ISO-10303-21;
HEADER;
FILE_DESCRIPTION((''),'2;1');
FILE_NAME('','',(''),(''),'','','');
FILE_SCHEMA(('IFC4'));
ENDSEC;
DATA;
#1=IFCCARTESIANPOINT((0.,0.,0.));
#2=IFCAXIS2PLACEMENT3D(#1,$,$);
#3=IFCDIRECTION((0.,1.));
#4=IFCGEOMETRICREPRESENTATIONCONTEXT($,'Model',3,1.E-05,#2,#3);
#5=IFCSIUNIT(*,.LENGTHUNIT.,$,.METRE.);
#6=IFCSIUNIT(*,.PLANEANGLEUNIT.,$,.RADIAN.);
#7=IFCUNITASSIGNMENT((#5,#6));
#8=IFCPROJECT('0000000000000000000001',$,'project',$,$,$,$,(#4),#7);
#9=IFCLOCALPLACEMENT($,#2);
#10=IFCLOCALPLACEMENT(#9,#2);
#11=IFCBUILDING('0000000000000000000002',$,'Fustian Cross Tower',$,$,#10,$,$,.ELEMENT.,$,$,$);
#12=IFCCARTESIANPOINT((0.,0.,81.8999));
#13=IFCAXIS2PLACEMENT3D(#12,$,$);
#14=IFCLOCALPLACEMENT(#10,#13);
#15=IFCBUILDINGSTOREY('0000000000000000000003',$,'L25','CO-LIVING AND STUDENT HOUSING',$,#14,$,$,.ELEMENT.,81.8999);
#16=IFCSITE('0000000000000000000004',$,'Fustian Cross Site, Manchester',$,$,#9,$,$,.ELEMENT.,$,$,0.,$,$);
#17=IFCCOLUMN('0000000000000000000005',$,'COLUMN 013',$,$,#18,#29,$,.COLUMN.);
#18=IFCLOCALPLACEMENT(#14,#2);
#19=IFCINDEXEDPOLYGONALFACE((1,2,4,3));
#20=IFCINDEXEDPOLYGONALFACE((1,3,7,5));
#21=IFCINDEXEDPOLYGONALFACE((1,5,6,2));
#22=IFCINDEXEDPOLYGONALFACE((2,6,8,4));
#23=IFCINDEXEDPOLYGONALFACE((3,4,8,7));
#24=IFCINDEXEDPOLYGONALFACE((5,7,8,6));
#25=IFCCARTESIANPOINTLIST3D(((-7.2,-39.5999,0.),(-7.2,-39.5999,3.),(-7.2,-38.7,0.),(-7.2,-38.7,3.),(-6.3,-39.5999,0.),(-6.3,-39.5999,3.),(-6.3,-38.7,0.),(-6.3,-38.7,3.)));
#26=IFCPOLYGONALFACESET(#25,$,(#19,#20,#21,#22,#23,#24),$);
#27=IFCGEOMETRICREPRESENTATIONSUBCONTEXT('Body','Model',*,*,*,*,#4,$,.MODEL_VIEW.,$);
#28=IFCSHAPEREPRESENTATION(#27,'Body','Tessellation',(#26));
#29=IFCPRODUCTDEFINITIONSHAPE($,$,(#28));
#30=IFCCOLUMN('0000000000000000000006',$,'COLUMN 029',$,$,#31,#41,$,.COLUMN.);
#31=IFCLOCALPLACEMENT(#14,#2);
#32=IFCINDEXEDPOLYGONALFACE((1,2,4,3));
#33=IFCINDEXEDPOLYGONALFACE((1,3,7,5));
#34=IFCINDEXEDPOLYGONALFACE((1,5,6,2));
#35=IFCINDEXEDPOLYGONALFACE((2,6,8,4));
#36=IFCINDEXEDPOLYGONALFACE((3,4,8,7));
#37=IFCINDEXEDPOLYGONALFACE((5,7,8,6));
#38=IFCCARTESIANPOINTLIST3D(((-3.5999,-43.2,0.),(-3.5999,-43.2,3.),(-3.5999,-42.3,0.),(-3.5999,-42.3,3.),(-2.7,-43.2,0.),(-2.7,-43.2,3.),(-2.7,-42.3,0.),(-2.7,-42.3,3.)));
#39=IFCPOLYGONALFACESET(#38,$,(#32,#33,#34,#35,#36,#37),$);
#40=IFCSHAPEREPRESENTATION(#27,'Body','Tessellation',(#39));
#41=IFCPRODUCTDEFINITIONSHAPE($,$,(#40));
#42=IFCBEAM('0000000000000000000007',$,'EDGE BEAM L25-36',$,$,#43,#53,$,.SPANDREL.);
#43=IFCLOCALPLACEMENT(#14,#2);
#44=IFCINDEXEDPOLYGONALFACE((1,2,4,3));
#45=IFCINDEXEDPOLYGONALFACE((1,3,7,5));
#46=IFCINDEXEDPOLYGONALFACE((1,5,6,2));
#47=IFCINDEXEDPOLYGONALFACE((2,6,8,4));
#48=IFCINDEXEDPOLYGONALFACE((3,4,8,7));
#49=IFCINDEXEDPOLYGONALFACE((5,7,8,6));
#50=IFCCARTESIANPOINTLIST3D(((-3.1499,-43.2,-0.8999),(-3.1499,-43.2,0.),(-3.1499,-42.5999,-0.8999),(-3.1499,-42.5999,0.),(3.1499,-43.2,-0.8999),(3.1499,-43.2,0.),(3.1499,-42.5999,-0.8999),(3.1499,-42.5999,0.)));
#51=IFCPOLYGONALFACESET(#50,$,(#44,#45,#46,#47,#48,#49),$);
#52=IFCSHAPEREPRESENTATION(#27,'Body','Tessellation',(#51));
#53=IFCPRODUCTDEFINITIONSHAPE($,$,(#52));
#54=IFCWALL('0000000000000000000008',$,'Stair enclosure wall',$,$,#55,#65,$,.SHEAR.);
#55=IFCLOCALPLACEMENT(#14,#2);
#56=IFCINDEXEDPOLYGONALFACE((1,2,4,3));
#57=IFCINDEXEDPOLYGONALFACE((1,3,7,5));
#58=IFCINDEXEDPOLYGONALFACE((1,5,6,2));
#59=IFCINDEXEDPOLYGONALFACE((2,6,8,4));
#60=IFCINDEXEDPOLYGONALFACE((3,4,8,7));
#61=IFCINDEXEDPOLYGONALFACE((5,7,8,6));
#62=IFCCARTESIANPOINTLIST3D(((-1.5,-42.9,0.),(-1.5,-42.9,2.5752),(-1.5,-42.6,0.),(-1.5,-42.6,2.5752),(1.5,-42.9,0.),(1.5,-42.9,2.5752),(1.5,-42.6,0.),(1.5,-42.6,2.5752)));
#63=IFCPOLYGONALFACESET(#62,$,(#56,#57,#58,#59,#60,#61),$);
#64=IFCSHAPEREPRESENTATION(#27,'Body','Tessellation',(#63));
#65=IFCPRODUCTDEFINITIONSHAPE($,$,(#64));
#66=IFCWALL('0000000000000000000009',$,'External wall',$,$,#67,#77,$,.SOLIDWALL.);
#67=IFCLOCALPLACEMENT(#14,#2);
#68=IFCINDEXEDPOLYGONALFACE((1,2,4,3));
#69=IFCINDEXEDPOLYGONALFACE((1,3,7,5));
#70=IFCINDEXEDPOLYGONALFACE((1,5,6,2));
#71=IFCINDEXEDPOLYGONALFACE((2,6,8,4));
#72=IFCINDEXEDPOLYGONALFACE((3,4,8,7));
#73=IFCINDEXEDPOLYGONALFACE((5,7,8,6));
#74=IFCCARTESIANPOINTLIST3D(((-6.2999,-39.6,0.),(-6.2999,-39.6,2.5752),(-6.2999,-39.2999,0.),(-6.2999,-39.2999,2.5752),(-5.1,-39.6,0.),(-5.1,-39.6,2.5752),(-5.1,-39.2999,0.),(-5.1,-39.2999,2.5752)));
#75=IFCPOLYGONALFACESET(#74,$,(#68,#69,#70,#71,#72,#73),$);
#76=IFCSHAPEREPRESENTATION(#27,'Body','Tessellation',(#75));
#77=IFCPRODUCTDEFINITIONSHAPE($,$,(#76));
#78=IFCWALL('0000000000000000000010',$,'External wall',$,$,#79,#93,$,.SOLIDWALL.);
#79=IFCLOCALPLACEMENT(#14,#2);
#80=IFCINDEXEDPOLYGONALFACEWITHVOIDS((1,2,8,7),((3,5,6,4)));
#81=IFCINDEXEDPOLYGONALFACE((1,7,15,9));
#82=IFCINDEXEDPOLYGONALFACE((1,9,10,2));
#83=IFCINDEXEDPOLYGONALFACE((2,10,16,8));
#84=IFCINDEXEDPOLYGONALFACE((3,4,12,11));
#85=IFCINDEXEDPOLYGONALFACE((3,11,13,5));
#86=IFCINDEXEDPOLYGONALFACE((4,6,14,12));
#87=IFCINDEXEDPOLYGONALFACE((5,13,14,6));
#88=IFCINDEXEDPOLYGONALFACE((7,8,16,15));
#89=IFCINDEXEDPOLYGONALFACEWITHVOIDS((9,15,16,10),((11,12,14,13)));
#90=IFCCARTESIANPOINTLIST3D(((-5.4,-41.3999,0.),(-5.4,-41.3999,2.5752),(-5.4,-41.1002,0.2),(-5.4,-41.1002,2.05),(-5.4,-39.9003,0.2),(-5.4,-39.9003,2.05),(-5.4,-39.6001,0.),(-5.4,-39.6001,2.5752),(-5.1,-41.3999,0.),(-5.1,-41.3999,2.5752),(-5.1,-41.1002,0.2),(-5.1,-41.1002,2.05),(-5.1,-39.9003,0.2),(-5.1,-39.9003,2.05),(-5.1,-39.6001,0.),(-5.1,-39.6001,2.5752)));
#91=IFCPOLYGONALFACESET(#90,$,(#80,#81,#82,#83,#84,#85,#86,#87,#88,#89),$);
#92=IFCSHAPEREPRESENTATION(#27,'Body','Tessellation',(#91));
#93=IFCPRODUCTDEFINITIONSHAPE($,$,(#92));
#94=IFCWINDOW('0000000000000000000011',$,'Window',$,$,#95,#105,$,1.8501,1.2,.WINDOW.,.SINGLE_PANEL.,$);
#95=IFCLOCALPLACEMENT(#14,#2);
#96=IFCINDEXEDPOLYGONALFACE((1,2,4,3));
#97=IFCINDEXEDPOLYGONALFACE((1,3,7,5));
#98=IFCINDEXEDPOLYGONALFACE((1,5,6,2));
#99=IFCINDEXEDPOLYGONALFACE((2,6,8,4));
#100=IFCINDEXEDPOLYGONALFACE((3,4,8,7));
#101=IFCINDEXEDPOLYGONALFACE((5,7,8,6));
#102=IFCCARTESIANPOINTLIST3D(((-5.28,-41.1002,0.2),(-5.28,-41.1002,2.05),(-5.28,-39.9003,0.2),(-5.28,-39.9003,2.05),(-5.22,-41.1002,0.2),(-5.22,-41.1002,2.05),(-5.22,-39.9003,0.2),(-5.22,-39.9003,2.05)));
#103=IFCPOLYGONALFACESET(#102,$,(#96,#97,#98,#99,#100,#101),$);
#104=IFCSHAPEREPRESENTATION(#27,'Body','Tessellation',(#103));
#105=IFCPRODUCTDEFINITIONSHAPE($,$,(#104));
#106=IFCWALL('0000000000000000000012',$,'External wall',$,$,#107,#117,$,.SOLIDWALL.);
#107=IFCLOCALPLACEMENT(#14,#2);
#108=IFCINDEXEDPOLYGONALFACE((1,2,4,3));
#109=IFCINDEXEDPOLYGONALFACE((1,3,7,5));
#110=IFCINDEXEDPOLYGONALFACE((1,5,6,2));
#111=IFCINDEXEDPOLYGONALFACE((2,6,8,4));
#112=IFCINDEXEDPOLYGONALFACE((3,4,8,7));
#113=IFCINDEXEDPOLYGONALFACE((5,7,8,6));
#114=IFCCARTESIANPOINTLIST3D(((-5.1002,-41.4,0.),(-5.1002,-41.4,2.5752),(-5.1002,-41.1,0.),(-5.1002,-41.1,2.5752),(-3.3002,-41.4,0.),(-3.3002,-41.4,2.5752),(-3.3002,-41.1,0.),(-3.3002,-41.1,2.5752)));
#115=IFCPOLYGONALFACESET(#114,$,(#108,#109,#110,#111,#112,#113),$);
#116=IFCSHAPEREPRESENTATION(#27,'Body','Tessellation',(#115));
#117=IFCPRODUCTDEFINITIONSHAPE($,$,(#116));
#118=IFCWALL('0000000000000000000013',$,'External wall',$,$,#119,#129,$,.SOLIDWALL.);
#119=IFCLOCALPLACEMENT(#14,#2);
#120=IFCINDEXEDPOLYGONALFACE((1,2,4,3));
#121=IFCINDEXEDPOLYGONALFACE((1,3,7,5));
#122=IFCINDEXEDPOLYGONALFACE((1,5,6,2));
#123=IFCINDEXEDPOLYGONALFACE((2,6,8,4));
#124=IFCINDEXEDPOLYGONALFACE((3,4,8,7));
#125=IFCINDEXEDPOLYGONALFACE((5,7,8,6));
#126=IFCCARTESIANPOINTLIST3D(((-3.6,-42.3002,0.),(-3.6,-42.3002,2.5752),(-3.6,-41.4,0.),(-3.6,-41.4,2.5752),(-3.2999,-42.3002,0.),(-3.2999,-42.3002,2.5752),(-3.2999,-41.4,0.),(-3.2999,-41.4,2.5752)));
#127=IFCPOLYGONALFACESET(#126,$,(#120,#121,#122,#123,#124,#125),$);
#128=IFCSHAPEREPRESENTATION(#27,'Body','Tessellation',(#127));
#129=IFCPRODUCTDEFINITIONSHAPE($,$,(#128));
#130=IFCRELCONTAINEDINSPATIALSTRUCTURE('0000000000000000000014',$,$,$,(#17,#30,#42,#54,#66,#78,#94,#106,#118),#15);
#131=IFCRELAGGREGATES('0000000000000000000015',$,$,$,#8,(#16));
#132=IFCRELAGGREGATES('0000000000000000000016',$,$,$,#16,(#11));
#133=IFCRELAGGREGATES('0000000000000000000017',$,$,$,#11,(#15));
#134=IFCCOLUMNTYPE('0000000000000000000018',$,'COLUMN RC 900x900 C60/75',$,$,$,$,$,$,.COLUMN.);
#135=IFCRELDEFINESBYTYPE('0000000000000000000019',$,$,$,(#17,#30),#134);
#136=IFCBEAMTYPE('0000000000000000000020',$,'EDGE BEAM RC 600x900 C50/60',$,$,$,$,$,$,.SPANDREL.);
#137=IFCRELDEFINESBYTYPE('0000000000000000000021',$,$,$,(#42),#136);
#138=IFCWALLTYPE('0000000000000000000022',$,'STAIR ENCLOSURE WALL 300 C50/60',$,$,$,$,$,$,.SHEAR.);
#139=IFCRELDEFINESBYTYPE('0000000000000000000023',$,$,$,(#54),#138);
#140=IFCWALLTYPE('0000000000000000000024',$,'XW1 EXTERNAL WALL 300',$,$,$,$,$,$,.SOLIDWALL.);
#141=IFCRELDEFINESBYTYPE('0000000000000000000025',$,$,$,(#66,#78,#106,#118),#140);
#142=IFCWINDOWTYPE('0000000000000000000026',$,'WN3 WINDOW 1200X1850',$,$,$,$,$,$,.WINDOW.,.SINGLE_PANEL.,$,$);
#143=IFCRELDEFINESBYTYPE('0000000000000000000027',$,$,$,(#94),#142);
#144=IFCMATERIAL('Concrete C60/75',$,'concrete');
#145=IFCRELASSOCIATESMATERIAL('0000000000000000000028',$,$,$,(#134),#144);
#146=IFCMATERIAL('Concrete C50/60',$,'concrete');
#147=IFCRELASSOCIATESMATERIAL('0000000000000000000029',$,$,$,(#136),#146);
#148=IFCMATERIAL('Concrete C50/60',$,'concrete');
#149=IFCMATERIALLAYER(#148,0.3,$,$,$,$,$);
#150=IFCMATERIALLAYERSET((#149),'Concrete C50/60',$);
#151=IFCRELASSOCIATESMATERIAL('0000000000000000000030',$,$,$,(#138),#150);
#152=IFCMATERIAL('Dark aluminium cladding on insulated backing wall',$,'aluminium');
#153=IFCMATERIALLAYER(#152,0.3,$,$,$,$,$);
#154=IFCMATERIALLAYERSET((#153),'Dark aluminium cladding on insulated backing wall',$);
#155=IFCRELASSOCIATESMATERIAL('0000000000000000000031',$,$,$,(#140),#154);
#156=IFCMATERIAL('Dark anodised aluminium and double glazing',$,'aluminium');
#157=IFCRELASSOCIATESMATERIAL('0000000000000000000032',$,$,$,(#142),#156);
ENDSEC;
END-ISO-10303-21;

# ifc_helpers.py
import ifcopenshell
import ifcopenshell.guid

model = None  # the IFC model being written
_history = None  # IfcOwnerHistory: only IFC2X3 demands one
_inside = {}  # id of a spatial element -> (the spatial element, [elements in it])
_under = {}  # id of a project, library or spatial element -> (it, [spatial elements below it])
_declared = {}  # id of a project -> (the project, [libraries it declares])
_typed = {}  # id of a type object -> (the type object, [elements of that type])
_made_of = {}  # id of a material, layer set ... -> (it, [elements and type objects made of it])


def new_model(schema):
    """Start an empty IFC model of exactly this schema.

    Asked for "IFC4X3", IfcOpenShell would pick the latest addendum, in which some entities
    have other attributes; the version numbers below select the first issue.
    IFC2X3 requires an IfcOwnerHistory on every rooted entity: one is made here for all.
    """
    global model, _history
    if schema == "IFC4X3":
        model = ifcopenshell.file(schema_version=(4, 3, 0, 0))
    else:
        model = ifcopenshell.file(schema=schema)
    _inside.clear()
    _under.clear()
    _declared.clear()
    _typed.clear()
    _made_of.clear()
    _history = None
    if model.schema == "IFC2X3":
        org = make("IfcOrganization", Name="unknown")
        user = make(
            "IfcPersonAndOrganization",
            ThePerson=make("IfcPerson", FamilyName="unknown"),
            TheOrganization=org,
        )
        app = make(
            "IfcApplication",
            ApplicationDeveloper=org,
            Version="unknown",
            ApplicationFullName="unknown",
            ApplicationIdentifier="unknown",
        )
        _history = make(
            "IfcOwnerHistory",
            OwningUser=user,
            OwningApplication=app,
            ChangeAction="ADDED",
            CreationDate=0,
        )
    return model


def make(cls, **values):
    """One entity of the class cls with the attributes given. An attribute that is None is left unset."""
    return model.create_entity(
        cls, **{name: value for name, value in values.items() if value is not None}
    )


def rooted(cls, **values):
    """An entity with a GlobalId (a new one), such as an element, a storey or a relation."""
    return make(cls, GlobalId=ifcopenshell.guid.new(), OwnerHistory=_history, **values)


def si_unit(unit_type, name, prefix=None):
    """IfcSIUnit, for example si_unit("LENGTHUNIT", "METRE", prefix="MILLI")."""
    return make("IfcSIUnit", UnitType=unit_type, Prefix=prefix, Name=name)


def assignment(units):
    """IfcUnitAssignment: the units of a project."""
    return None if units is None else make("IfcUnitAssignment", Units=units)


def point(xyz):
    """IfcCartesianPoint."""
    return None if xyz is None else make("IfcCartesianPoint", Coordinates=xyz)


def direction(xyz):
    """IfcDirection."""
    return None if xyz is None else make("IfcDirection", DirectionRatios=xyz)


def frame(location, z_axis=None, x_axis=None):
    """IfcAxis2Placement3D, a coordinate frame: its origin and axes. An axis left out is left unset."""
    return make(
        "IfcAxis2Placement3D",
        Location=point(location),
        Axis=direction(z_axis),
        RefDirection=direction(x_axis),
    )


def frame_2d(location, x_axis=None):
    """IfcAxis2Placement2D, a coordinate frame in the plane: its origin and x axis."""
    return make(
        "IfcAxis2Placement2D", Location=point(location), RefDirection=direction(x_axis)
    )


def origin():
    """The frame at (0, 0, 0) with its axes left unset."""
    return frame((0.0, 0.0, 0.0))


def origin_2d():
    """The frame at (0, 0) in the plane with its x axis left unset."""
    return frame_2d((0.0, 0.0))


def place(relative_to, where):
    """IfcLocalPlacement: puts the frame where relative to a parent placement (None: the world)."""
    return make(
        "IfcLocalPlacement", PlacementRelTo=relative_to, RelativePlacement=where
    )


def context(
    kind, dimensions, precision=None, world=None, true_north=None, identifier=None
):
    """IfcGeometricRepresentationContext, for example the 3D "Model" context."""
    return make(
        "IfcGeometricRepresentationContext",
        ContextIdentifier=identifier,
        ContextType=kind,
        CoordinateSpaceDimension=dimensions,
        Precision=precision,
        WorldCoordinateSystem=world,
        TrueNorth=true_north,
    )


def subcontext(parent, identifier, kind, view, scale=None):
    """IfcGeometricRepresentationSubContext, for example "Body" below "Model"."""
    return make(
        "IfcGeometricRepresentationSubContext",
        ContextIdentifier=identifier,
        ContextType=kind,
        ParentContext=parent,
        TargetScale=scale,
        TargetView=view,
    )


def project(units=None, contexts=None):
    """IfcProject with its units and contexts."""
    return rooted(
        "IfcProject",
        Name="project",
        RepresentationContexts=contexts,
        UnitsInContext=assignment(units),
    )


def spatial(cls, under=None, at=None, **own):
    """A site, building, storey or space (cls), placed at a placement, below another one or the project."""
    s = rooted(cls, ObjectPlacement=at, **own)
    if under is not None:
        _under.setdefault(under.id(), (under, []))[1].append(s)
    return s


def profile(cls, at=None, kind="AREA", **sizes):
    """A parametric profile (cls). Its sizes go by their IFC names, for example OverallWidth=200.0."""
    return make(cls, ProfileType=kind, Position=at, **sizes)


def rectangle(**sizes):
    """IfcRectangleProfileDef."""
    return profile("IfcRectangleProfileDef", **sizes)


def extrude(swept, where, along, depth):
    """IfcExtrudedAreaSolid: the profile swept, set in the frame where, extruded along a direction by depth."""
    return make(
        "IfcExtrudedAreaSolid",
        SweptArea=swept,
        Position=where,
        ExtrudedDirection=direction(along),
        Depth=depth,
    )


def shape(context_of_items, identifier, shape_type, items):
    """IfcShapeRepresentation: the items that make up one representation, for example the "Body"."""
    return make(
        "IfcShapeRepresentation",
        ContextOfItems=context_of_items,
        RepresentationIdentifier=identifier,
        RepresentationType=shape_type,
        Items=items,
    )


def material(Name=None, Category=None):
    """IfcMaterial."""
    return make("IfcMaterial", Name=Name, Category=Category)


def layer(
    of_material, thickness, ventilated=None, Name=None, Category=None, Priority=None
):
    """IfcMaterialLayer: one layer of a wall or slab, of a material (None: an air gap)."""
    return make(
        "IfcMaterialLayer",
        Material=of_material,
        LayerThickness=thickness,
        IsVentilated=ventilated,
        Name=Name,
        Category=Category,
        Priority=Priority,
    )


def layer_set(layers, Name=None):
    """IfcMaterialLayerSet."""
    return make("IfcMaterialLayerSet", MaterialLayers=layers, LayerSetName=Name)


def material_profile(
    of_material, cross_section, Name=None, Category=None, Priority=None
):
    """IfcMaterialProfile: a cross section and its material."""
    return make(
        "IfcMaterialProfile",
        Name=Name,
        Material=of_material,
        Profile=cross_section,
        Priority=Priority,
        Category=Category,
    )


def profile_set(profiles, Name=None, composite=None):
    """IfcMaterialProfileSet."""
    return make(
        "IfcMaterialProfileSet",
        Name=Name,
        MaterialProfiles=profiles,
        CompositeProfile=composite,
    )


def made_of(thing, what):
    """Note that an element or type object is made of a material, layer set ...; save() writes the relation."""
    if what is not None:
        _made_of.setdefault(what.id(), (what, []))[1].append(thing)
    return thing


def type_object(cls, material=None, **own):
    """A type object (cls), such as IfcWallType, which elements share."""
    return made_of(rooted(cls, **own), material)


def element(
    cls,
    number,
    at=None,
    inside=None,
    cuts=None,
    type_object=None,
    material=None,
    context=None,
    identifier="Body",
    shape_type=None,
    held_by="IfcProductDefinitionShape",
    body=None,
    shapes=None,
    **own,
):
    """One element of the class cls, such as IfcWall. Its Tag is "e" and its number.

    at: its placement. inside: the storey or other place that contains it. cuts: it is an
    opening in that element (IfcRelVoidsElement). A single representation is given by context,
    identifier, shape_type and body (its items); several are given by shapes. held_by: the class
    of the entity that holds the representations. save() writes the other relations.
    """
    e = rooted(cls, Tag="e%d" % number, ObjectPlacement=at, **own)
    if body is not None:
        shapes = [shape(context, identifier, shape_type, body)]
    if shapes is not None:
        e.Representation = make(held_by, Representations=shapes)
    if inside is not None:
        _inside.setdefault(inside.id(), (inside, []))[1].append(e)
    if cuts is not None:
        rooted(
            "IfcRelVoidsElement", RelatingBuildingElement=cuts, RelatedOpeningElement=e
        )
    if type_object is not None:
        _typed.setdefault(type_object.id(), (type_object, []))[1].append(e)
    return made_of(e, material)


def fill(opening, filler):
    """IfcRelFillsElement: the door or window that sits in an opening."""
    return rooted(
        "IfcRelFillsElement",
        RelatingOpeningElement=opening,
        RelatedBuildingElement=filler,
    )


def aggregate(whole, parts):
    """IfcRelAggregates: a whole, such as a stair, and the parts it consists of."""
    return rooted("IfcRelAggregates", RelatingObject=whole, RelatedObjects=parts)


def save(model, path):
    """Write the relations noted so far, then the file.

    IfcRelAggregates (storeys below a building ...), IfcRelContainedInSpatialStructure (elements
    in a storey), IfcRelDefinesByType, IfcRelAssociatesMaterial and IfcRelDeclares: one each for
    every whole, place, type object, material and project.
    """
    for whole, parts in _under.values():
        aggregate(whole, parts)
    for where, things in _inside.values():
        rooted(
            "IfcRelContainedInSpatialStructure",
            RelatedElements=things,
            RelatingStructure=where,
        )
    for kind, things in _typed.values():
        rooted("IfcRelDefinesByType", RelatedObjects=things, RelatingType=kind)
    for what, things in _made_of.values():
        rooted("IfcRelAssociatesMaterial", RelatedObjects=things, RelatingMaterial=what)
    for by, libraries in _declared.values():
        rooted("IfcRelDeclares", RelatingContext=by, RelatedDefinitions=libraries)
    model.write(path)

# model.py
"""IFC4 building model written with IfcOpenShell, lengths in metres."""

from ifc_helpers import new_model, si_unit, direction, frame, frame_2d, origin, origin_2d, place, context, subcontext, project, spatial, rectangle, extrude, material, layer, layer_set, material_profile, profile_set, type_object, element, fill, save


model = new_model("IFC4")

# Units and contexts
model_context = context("Model", 3, precision=1e-05, world=origin(), true_north=direction((0.0, 1.0)))
body_context = subcontext(model_context, "Body", "Model", "MODEL_VIEW")
ifc_project = project(units=[si_unit("LENGTHUNIT", "METRE"), si_unit("PLANEANGLEUNIT", "RADIAN")], contexts=[model_context])

# Site, building, storey
site_placement = place(None, origin())
site = spatial("IfcSite", under=ifc_project, at=site_placement, Name="Fustian Cross Site, Manchester", CompositionType="ELEMENT", RefElevation=0.0)
building_placement = place(site_placement, origin())
building = spatial("IfcBuilding", under=site, at=building_placement, Name="Fustian Cross Tower", CompositionType="ELEMENT")
storey_placement = place(building_placement, frame((0.0, 0.0, 81.8999)))
storey = spatial("IfcBuildingStorey", under=building, at=storey_placement, Name="L25", Description="CO-LIVING AND STUDENT HOUSING", CompositionType="ELEMENT", Elevation=81.8999)

# Columns
ifc_material_1 = material(Name="Concrete C60/75", Category="concrete")
ifc_material_profile_1 = material_profile(ifc_material_1, rectangle(XDim=0.8999, YDim=0.8999, at=origin_2d()), Name="RC 900x900")
ifc_profile_set_1 = profile_set([ifc_material_profile_1], Name="Concrete C60/75")
column_type = type_object("IfcColumnType", Name="COLUMN RC 900x900 C60/75", PredefinedType="COLUMN", material=ifc_profile_set_1)
for number, where, z_axis, x_axis, name in (
    (1, (-6.75, -39.1499, 0.0), (0.0, 0.0, 1.0), (1.0, 0.0, 0.0), "COLUMN 013"),
    (2, (-3.1499, -42.75, 0.0), (0.0, 0.0, 1.0), (1.0, 0.0, 0.0), "COLUMN 029"),
):
    element("IfcColumn", number, at=place(storey_placement, frame(where, z_axis=z_axis, x_axis=x_axis)), inside=storey, type_object=column_type, Name=name, PredefinedType="COLUMN", context=body_context, shape_type="SweptSolid", body=[
        extrude(rectangle(XDim=0.8999, YDim=0.8999, at=origin_2d()), origin(), (0.0, 0.0, 1.0), 3.0),
    ])

# Beam
ifc_material_2 = material(Name="Concrete C50/60", Category="concrete")
ifc_material_profile_2 = material_profile(ifc_material_2, rectangle(XDim=0.6001, YDim=0.8999, at=origin_2d()), Name="RC 600x900")
ifc_profile_set_2 = profile_set([ifc_material_profile_2], Name="Concrete C50/60")
beam_type = type_object("IfcBeamType", Name="EDGE BEAM RC 600x900 C50/60", PredefinedType="SPANDREL", material=ifc_profile_set_2)
beam_placement = place(storey_placement, frame((-3.1499, -42.8999, -0.45), z_axis=(1.0, 0.0, 0.0), x_axis=(0.0, 1.0, 0.0)))
element("IfcBeam", 3, at=beam_placement, inside=storey, type_object=beam_type, Name="EDGE BEAM L25-36", PredefinedType="SPANDREL", context=body_context, shape_type="SweptSolid", body=[
    extrude(rectangle(XDim=0.6001, YDim=0.8999, at=origin_2d()), origin(), (0.0, 0.0, 1.0), 6.2998),
])

# Walls
ifc_material_3 = material(Name="Concrete C50/60", Category="concrete")
ifc_layer_1 = layer(ifc_material_3, 0.3)
ifc_layer_set_1 = layer_set([ifc_layer_1], Name="Concrete C50/60")
wall_type_1 = type_object("IfcWallType", Name="STAIR ENCLOSURE WALL 300 C50/60", PredefinedType="SHEAR", material=ifc_layer_set_1)
wall_1_placement = place(storey_placement, frame((-1.5, -42.75, 0.0), z_axis=(0.0, 0.0, 1.0), x_axis=(1.0, 0.0, 0.0)))
element("IfcWall", 4, at=wall_1_placement, inside=storey, type_object=wall_type_1, Name="Stair enclosure wall", PredefinedType="SHEAR", context=body_context, shape_type="SweptSolid", body=[
    extrude(rectangle(XDim=3.0, YDim=0.3, at=frame_2d((1.5, 0.0))), origin(), (0.0, 0.0, 1.0), 2.5752),
])
ifc_material_4 = material(Name="Dark aluminium cladding on insulated backing wall", Category="aluminium")
ifc_layer_2 = layer(ifc_material_4, 0.3)
ifc_layer_set_2 = layer_set([ifc_layer_2], Name="Dark aluminium cladding on insulated backing wall")
wall_type_2 = type_object("IfcWallType", Name="XW1 EXTERNAL WALL 300", PredefinedType="SOLIDWALL", material=ifc_layer_set_2)
wall_2_placement = place(storey_placement, frame((-6.3, -39.45, 0.0), z_axis=(0.0, 0.0, 1.0), x_axis=(1.0, 0.0, 0.0)))
element("IfcWall", 5, at=wall_2_placement, inside=storey, type_object=wall_type_2, Name="External wall", PredefinedType="SOLIDWALL", context=body_context, shape_type="SweptSolid", body=[
    extrude(rectangle(XDim=1.2, YDim=0.3, at=frame_2d((0.6001, 0.0))), origin(), (0.0, 0.0, 1.0), 2.5752),
])

# Wall, opening, window
wall_3_placement = place(storey_placement, frame((-5.25, -39.6001, 0.0), z_axis=(0.0, 0.0, 1.0), x_axis=(0.0, -1.0, 0.0)))
wall_3 = element("IfcWall", 6, at=wall_3_placement, inside=storey, type_object=wall_type_2, Name="External wall", PredefinedType="SOLIDWALL", context=body_context, shape_type="SweptSolid", body=[
    extrude(rectangle(XDim=1.7998, YDim=0.3, at=frame_2d((0.8999, 0.0))), origin(), (0.0, 0.0, 1.0), 2.5752),
])
opening_1_placement = place(wall_3_placement, frame((0.3, 0.0, 0.2)))
opening_1 = element("IfcOpeningElement", 7, at=opening_1_placement, cuts=wall_3, PredefinedType="OPENING", context=body_context, shape_type="SweptSolid", body=[
    extrude(rectangle(XDim=1.2, YDim=1.8501, at=frame_2d((0.6001, 0.925))), frame((0.0, 0.1599, 0.0), z_axis=(0.0, -1.0, 0.0), x_axis=(1.0, 0.0, 0.0)), (0.0, 0.0, 1.0), 0.3201),
])
ifc_material_5 = material(Name="Dark anodised aluminium and double glazing", Category="aluminium")
window_type_1 = type_object("IfcWindowType", Name="WN3 WINDOW 1200X1850", PartitioningType="SINGLE_PANEL", PredefinedType="WINDOW", material=ifc_material_5)
window_1_placement = place(opening_1_placement, origin())
window_1 = element("IfcWindow", 8, at=window_1_placement, inside=storey, type_object=window_type_1, Name="Window", OverallHeight=1.8501, OverallWidth=1.2, PartitioningType="SINGLE_PANEL", PredefinedType="WINDOW", context=body_context, shape_type="SweptSolid", body=[
    extrude(rectangle(XDim=1.2, YDim=1.8501, at=frame_2d((0.6001, 0.925))), frame((0.0, 0.03, 0.0), z_axis=(0.0, -1.0, 0.0), x_axis=(1.0, 0.0, 0.0)), (0.0, 0.0, 1.0), 0.0601),
])
fill(opening_1, window_1)

# Walls
wall_4_placement = place(storey_placement, frame((-5.1001, -41.25, 0.0), z_axis=(0.0, 0.0, 1.0), x_axis=(1.0, 0.0, 0.0)))
element("IfcWall", 9, at=wall_4_placement, inside=storey, type_object=wall_type_2, Name="External wall", PredefinedType="SOLIDWALL", context=body_context, shape_type="SweptSolid", body=[
    extrude(rectangle(XDim=1.8, YDim=0.3, at=frame_2d((0.8999, 0.0))), origin(), (0.0, 0.0, 1.0), 2.5752),
])
wall_5_placement = place(storey_placement, frame((-3.45, -41.3999, 0.0), z_axis=(0.0, 0.0, 1.0), x_axis=(0.0, -1.0, 0.0)))
element("IfcWall", 10, at=wall_5_placement, inside=storey, type_object=wall_type_2, Name="External wall", PredefinedType="SOLIDWALL", context=body_context, shape_type="SweptSolid", body=[
    extrude(rectangle(XDim=0.9001, YDim=0.3, at=frame_2d((0.4502, 0.0))), origin(), (0.0, 0.0, 1.0), 2.5752),
])

save(model, "model.ifc")
